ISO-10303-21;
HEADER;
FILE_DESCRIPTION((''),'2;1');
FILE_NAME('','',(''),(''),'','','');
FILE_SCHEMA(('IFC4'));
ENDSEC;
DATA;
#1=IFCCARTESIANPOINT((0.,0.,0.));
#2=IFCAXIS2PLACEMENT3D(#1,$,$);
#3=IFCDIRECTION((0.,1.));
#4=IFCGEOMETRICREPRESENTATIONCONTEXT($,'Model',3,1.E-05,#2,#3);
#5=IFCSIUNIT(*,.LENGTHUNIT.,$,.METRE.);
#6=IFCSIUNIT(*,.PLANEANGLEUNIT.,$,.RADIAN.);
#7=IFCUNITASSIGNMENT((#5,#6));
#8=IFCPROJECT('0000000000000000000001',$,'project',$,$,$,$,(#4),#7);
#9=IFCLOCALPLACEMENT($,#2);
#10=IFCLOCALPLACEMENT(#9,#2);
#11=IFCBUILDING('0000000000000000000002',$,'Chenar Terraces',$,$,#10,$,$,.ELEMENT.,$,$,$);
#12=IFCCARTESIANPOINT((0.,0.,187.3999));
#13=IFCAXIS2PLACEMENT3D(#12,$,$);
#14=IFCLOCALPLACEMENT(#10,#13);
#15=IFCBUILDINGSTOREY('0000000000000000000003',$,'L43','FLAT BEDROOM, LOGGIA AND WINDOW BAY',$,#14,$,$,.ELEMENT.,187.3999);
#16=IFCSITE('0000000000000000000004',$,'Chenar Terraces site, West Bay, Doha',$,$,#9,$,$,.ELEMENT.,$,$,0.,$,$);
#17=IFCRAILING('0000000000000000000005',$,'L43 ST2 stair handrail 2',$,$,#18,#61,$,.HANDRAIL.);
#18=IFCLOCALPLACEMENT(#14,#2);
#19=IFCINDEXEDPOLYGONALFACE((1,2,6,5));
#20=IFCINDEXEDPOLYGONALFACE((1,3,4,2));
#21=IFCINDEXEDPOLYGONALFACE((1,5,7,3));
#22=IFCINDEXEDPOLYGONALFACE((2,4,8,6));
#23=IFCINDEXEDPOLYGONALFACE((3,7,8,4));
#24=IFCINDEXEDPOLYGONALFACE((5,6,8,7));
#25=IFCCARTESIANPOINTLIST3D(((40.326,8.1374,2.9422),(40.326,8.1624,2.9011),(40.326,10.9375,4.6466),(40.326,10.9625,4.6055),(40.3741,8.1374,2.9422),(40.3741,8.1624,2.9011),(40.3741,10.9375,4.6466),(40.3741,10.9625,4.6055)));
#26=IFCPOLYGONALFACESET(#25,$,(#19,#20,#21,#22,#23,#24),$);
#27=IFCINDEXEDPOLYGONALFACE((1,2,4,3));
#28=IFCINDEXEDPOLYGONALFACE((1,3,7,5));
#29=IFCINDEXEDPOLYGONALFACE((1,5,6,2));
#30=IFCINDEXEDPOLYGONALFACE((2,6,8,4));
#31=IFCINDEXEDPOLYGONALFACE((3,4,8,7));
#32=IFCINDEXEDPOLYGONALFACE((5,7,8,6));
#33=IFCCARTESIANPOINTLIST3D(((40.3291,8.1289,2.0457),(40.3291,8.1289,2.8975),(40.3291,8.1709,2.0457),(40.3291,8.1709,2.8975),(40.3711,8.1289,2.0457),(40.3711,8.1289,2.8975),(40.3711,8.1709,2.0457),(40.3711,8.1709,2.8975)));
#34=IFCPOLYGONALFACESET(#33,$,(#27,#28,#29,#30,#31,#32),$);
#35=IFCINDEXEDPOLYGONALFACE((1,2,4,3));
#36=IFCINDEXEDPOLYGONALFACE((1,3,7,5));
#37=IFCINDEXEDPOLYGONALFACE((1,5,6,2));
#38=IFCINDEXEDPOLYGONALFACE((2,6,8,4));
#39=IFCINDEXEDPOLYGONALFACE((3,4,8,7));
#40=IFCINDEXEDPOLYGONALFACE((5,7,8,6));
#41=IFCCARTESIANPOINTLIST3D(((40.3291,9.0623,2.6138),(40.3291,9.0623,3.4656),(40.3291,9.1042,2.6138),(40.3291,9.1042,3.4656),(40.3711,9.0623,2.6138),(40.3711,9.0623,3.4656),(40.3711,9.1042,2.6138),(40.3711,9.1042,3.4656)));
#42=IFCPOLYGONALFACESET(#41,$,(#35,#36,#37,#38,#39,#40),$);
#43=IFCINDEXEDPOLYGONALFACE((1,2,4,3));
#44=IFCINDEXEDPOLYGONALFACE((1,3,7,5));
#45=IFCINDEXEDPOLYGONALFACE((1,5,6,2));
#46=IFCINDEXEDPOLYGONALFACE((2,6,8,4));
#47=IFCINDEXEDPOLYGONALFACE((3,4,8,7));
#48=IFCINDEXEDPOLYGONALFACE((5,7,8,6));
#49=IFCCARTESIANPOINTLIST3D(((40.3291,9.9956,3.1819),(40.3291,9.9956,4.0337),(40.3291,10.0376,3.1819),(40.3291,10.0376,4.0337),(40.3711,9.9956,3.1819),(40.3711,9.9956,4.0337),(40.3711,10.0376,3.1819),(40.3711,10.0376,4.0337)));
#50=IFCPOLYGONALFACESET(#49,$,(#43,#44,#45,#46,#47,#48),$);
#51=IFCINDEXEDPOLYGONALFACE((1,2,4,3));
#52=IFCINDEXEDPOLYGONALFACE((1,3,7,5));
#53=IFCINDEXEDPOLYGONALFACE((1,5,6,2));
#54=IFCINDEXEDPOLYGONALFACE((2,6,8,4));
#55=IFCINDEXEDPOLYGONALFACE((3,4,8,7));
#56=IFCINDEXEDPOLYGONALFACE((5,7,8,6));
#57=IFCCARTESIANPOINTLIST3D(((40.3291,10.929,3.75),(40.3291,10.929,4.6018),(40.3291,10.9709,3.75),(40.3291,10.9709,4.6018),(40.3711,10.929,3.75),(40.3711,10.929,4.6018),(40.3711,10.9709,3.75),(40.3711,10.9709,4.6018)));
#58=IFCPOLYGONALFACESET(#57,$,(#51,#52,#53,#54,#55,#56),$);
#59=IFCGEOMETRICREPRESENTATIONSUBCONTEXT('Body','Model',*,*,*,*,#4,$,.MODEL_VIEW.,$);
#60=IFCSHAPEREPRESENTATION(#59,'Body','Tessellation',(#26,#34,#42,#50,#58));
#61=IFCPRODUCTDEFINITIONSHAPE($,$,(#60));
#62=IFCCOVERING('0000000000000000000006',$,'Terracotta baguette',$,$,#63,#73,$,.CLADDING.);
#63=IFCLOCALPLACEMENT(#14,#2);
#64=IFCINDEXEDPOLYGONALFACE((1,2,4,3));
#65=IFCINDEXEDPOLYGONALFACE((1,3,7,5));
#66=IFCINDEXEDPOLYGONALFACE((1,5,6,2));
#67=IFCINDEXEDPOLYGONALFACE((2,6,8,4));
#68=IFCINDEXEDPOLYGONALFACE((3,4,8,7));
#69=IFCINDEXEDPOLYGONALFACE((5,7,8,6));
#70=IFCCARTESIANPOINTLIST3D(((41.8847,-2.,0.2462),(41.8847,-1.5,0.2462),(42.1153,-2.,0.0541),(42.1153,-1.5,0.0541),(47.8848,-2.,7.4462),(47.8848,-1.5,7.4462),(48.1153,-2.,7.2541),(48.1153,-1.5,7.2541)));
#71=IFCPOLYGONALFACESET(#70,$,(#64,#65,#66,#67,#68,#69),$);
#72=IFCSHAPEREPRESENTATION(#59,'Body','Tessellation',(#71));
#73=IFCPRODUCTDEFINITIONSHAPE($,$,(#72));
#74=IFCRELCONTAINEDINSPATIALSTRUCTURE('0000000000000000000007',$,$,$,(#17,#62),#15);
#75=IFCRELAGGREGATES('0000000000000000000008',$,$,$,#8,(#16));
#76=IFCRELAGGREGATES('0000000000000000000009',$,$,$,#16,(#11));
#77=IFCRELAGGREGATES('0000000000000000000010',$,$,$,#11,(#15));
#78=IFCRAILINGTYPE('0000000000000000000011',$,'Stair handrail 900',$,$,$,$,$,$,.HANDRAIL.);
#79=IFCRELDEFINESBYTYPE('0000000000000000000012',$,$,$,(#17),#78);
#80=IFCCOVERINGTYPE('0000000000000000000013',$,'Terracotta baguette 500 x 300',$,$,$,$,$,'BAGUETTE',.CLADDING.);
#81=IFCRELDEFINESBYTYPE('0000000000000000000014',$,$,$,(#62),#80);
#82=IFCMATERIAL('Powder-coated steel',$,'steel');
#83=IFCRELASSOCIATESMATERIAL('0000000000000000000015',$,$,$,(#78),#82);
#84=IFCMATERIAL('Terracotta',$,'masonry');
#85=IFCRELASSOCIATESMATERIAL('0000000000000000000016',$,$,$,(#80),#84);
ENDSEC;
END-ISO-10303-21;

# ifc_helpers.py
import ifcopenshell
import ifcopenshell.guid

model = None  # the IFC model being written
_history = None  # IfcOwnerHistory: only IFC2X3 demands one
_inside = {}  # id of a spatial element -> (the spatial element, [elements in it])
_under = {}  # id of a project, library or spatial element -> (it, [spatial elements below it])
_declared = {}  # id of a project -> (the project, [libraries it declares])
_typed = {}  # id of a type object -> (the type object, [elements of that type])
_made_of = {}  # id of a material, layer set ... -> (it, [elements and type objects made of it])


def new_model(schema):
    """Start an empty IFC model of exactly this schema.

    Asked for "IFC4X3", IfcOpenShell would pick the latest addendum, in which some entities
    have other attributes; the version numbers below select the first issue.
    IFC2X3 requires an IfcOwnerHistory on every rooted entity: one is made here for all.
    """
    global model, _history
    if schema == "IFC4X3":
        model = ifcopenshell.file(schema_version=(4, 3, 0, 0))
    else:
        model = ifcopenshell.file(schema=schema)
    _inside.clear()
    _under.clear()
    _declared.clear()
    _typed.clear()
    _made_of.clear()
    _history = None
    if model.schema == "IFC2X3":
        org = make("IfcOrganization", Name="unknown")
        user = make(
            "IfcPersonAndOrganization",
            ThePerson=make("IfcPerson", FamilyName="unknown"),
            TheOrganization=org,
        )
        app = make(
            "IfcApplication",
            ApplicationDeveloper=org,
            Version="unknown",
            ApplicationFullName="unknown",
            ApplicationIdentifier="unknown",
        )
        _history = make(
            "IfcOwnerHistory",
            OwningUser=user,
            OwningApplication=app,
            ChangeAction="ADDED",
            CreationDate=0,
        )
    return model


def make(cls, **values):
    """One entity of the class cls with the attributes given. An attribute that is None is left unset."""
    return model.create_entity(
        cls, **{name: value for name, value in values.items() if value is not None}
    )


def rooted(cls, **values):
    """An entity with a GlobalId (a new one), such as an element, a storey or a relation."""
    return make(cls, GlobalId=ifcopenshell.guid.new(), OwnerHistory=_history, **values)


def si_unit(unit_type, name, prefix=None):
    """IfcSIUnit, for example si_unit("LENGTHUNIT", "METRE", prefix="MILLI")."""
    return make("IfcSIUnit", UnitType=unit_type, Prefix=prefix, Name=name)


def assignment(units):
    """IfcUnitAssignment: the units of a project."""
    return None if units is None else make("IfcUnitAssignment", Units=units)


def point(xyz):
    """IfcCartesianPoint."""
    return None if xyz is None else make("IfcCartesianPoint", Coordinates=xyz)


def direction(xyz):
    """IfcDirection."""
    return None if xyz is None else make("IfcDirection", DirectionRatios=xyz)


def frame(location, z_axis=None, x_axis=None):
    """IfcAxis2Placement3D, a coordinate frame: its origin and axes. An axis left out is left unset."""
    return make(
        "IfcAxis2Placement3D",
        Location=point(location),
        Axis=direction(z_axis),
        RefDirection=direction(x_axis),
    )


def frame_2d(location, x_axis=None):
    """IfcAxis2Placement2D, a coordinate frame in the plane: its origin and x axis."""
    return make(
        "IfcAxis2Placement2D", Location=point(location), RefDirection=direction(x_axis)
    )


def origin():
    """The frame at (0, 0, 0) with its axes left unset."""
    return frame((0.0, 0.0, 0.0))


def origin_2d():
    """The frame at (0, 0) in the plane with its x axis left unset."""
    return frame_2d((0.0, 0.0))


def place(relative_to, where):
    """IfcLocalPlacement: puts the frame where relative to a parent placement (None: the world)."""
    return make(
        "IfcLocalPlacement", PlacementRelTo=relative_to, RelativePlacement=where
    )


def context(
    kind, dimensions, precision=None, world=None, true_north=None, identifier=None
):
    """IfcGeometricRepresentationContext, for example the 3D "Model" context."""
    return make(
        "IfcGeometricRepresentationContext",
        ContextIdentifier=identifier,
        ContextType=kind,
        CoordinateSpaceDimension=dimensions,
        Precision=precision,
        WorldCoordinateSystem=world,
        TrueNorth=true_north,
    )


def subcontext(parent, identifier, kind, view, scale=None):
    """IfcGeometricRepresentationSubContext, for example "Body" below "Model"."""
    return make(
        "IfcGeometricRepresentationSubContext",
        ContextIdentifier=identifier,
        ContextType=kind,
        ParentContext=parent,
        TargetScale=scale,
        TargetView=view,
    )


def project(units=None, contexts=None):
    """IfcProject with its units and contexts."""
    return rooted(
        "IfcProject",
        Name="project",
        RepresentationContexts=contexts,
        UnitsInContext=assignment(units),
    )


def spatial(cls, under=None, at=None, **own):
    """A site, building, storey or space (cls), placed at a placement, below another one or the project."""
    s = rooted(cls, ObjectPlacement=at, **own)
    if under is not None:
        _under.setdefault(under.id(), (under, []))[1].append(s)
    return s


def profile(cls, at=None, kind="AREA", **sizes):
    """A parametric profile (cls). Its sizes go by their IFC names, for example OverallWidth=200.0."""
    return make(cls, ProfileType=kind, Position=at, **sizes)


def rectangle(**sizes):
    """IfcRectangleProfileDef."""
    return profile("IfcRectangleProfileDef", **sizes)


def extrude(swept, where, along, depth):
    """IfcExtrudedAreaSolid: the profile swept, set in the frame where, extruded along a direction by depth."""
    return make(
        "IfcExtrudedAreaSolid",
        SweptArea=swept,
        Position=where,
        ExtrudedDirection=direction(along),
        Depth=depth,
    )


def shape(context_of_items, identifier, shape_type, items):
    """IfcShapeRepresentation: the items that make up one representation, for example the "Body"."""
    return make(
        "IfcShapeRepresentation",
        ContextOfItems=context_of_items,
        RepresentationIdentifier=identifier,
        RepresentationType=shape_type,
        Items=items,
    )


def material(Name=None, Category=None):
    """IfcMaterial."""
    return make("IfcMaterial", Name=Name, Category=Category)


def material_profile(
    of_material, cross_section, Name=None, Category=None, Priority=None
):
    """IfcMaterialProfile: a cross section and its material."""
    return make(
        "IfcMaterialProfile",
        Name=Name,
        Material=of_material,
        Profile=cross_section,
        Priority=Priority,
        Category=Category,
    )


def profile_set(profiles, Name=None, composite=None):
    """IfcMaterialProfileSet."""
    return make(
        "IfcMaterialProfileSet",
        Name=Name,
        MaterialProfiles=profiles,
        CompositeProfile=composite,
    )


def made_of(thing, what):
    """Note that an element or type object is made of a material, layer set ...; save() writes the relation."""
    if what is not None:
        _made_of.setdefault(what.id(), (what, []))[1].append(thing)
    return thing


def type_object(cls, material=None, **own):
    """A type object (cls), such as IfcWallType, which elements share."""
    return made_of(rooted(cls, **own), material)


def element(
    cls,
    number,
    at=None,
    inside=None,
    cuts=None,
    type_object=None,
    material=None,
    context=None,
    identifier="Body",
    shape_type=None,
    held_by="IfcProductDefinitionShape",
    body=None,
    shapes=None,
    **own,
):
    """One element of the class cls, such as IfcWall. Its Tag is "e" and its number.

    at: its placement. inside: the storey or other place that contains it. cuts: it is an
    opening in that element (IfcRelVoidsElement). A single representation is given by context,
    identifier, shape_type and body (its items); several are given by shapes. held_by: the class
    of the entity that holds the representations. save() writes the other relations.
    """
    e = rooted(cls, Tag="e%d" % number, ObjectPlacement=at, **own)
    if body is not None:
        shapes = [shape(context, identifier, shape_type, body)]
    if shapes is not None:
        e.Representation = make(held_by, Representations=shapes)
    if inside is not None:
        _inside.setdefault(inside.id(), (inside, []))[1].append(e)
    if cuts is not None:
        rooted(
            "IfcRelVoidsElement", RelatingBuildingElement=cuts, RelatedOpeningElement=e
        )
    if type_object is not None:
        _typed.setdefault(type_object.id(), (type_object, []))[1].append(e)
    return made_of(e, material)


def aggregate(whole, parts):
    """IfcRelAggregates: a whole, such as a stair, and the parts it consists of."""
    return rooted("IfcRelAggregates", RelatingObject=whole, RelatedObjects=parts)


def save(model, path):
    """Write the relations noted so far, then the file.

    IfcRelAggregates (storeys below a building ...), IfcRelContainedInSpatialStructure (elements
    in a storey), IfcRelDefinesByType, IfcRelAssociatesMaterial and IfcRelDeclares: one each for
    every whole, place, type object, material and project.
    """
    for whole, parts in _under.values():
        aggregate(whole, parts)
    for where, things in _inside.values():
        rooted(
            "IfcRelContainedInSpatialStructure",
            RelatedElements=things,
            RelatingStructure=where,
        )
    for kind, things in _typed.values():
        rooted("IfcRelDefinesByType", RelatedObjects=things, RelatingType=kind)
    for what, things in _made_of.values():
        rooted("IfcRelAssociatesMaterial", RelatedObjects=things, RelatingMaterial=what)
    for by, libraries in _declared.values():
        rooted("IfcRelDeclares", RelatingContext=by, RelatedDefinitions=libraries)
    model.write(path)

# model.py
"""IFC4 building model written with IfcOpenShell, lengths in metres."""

from ifc_helpers import new_model, si_unit, direction, frame, origin, origin_2d, place, context, subcontext, project, spatial, rectangle, extrude, material, material_profile, profile_set, type_object, element, save


model = new_model("IFC4")

# Units and contexts
model_context = context("Model", 3, precision=1e-05, world=origin(), true_north=direction((0.0, 1.0)))
body_context = subcontext(model_context, "Body", "Model", "MODEL_VIEW")
ifc_project = project(units=[si_unit("LENGTHUNIT", "METRE"), si_unit("PLANEANGLEUNIT", "RADIAN")], contexts=[model_context])

# Site, building, storey
site_placement = place(None, origin())
site = spatial("IfcSite", under=ifc_project, at=site_placement, Name="Chenar Terraces site, West Bay, Doha", CompositionType="ELEMENT", RefElevation=0.0)
building_placement = place(site_placement, origin())
building = spatial("IfcBuilding", under=site, at=building_placement, Name="Chenar Terraces", CompositionType="ELEMENT")
storey_placement = place(building_placement, frame((0.0, 0.0, 187.3999)))
storey = spatial("IfcBuildingStorey", under=building, at=storey_placement, Name="L43", Description="FLAT BEDROOM, LOGGIA AND WINDOW BAY", CompositionType="ELEMENT", Elevation=187.3999)

# Railing
ifc_material_1 = material(Name="Powder-coated steel", Category="steel")
railing_type_1 = type_object("IfcRailingType", Name="Stair handrail 900", PredefinedType="HANDRAIL", material=ifc_material_1)
railing_1_placement = place(storey_placement, frame((40.3501, 8.1499, 2.0457)))
element("IfcRailing", 1, at=railing_1_placement, inside=storey, type_object=railing_type_1, Name="L43 ST2 stair handrail 2", PredefinedType="HANDRAIL", context=body_context, shape_type="SweptSolid", body=[
    extrude(rectangle(XDim=0.0481, YDim=0.0481, at=origin_2d()), frame((0.0, 0.0, 0.876), z_axis=(0.0, 0.854203, 0.51994), x_axis=(-1.0, 0.0, 0.0)), (0.0, 0.0, 1.0), 3.2781),
    extrude(rectangle(XDim=0.042, YDim=0.042, at=origin_2d()), origin(), (0.0, 0.0, 1.0), 0.8518),
    extrude(rectangle(XDim=0.042, YDim=0.042, at=origin_2d()), frame((0.0, 0.9333, 0.5681)), (0.0, 0.0, 1.0), 0.8518),
    extrude(rectangle(XDim=0.042, YDim=0.042, at=origin_2d()), frame((0.0, 1.8667, 1.1362)), (0.0, 0.0, 1.0), 0.8518),
    extrude(rectangle(XDim=0.042, YDim=0.042, at=origin_2d()), frame((0.0, 2.8, 1.7043)), (0.0, 0.0, 1.0), 0.8518),
])

# Covering
ifc_material_2 = material(Name="Terracotta", Category="masonry")
ifc_material_profile = material_profile(ifc_material_2, rectangle(XDim=0.5, YDim=0.3, at=origin_2d()), Name="Terracotta baguette 500 x 300")
ifc_profile_set = profile_set([ifc_material_profile], Name="Terracotta")
covering_type = type_object("IfcCoveringType", Name="Terracotta baguette 500 x 300", ElementType="BAGUETTE", PredefinedType="CLADDING", material=ifc_profile_set)
covering_placement = place(storey_placement, frame((42.0, -1.75, 0.1501), z_axis=(0.640187, 0.0, 0.768219), x_axis=(0.0, 1.0, 0.0)))
element("IfcCovering", 2, at=covering_placement, inside=storey, type_object=covering_type, Name="Terracotta baguette", PredefinedType="CLADDING", context=body_context, shape_type="SweptSolid", body=[
    extrude(rectangle(XDim=0.5, YDim=0.3, at=origin_2d()), origin(), (0.0, 0.0, 1.0), 9.3723),
])

save(model, "model.ifc")
